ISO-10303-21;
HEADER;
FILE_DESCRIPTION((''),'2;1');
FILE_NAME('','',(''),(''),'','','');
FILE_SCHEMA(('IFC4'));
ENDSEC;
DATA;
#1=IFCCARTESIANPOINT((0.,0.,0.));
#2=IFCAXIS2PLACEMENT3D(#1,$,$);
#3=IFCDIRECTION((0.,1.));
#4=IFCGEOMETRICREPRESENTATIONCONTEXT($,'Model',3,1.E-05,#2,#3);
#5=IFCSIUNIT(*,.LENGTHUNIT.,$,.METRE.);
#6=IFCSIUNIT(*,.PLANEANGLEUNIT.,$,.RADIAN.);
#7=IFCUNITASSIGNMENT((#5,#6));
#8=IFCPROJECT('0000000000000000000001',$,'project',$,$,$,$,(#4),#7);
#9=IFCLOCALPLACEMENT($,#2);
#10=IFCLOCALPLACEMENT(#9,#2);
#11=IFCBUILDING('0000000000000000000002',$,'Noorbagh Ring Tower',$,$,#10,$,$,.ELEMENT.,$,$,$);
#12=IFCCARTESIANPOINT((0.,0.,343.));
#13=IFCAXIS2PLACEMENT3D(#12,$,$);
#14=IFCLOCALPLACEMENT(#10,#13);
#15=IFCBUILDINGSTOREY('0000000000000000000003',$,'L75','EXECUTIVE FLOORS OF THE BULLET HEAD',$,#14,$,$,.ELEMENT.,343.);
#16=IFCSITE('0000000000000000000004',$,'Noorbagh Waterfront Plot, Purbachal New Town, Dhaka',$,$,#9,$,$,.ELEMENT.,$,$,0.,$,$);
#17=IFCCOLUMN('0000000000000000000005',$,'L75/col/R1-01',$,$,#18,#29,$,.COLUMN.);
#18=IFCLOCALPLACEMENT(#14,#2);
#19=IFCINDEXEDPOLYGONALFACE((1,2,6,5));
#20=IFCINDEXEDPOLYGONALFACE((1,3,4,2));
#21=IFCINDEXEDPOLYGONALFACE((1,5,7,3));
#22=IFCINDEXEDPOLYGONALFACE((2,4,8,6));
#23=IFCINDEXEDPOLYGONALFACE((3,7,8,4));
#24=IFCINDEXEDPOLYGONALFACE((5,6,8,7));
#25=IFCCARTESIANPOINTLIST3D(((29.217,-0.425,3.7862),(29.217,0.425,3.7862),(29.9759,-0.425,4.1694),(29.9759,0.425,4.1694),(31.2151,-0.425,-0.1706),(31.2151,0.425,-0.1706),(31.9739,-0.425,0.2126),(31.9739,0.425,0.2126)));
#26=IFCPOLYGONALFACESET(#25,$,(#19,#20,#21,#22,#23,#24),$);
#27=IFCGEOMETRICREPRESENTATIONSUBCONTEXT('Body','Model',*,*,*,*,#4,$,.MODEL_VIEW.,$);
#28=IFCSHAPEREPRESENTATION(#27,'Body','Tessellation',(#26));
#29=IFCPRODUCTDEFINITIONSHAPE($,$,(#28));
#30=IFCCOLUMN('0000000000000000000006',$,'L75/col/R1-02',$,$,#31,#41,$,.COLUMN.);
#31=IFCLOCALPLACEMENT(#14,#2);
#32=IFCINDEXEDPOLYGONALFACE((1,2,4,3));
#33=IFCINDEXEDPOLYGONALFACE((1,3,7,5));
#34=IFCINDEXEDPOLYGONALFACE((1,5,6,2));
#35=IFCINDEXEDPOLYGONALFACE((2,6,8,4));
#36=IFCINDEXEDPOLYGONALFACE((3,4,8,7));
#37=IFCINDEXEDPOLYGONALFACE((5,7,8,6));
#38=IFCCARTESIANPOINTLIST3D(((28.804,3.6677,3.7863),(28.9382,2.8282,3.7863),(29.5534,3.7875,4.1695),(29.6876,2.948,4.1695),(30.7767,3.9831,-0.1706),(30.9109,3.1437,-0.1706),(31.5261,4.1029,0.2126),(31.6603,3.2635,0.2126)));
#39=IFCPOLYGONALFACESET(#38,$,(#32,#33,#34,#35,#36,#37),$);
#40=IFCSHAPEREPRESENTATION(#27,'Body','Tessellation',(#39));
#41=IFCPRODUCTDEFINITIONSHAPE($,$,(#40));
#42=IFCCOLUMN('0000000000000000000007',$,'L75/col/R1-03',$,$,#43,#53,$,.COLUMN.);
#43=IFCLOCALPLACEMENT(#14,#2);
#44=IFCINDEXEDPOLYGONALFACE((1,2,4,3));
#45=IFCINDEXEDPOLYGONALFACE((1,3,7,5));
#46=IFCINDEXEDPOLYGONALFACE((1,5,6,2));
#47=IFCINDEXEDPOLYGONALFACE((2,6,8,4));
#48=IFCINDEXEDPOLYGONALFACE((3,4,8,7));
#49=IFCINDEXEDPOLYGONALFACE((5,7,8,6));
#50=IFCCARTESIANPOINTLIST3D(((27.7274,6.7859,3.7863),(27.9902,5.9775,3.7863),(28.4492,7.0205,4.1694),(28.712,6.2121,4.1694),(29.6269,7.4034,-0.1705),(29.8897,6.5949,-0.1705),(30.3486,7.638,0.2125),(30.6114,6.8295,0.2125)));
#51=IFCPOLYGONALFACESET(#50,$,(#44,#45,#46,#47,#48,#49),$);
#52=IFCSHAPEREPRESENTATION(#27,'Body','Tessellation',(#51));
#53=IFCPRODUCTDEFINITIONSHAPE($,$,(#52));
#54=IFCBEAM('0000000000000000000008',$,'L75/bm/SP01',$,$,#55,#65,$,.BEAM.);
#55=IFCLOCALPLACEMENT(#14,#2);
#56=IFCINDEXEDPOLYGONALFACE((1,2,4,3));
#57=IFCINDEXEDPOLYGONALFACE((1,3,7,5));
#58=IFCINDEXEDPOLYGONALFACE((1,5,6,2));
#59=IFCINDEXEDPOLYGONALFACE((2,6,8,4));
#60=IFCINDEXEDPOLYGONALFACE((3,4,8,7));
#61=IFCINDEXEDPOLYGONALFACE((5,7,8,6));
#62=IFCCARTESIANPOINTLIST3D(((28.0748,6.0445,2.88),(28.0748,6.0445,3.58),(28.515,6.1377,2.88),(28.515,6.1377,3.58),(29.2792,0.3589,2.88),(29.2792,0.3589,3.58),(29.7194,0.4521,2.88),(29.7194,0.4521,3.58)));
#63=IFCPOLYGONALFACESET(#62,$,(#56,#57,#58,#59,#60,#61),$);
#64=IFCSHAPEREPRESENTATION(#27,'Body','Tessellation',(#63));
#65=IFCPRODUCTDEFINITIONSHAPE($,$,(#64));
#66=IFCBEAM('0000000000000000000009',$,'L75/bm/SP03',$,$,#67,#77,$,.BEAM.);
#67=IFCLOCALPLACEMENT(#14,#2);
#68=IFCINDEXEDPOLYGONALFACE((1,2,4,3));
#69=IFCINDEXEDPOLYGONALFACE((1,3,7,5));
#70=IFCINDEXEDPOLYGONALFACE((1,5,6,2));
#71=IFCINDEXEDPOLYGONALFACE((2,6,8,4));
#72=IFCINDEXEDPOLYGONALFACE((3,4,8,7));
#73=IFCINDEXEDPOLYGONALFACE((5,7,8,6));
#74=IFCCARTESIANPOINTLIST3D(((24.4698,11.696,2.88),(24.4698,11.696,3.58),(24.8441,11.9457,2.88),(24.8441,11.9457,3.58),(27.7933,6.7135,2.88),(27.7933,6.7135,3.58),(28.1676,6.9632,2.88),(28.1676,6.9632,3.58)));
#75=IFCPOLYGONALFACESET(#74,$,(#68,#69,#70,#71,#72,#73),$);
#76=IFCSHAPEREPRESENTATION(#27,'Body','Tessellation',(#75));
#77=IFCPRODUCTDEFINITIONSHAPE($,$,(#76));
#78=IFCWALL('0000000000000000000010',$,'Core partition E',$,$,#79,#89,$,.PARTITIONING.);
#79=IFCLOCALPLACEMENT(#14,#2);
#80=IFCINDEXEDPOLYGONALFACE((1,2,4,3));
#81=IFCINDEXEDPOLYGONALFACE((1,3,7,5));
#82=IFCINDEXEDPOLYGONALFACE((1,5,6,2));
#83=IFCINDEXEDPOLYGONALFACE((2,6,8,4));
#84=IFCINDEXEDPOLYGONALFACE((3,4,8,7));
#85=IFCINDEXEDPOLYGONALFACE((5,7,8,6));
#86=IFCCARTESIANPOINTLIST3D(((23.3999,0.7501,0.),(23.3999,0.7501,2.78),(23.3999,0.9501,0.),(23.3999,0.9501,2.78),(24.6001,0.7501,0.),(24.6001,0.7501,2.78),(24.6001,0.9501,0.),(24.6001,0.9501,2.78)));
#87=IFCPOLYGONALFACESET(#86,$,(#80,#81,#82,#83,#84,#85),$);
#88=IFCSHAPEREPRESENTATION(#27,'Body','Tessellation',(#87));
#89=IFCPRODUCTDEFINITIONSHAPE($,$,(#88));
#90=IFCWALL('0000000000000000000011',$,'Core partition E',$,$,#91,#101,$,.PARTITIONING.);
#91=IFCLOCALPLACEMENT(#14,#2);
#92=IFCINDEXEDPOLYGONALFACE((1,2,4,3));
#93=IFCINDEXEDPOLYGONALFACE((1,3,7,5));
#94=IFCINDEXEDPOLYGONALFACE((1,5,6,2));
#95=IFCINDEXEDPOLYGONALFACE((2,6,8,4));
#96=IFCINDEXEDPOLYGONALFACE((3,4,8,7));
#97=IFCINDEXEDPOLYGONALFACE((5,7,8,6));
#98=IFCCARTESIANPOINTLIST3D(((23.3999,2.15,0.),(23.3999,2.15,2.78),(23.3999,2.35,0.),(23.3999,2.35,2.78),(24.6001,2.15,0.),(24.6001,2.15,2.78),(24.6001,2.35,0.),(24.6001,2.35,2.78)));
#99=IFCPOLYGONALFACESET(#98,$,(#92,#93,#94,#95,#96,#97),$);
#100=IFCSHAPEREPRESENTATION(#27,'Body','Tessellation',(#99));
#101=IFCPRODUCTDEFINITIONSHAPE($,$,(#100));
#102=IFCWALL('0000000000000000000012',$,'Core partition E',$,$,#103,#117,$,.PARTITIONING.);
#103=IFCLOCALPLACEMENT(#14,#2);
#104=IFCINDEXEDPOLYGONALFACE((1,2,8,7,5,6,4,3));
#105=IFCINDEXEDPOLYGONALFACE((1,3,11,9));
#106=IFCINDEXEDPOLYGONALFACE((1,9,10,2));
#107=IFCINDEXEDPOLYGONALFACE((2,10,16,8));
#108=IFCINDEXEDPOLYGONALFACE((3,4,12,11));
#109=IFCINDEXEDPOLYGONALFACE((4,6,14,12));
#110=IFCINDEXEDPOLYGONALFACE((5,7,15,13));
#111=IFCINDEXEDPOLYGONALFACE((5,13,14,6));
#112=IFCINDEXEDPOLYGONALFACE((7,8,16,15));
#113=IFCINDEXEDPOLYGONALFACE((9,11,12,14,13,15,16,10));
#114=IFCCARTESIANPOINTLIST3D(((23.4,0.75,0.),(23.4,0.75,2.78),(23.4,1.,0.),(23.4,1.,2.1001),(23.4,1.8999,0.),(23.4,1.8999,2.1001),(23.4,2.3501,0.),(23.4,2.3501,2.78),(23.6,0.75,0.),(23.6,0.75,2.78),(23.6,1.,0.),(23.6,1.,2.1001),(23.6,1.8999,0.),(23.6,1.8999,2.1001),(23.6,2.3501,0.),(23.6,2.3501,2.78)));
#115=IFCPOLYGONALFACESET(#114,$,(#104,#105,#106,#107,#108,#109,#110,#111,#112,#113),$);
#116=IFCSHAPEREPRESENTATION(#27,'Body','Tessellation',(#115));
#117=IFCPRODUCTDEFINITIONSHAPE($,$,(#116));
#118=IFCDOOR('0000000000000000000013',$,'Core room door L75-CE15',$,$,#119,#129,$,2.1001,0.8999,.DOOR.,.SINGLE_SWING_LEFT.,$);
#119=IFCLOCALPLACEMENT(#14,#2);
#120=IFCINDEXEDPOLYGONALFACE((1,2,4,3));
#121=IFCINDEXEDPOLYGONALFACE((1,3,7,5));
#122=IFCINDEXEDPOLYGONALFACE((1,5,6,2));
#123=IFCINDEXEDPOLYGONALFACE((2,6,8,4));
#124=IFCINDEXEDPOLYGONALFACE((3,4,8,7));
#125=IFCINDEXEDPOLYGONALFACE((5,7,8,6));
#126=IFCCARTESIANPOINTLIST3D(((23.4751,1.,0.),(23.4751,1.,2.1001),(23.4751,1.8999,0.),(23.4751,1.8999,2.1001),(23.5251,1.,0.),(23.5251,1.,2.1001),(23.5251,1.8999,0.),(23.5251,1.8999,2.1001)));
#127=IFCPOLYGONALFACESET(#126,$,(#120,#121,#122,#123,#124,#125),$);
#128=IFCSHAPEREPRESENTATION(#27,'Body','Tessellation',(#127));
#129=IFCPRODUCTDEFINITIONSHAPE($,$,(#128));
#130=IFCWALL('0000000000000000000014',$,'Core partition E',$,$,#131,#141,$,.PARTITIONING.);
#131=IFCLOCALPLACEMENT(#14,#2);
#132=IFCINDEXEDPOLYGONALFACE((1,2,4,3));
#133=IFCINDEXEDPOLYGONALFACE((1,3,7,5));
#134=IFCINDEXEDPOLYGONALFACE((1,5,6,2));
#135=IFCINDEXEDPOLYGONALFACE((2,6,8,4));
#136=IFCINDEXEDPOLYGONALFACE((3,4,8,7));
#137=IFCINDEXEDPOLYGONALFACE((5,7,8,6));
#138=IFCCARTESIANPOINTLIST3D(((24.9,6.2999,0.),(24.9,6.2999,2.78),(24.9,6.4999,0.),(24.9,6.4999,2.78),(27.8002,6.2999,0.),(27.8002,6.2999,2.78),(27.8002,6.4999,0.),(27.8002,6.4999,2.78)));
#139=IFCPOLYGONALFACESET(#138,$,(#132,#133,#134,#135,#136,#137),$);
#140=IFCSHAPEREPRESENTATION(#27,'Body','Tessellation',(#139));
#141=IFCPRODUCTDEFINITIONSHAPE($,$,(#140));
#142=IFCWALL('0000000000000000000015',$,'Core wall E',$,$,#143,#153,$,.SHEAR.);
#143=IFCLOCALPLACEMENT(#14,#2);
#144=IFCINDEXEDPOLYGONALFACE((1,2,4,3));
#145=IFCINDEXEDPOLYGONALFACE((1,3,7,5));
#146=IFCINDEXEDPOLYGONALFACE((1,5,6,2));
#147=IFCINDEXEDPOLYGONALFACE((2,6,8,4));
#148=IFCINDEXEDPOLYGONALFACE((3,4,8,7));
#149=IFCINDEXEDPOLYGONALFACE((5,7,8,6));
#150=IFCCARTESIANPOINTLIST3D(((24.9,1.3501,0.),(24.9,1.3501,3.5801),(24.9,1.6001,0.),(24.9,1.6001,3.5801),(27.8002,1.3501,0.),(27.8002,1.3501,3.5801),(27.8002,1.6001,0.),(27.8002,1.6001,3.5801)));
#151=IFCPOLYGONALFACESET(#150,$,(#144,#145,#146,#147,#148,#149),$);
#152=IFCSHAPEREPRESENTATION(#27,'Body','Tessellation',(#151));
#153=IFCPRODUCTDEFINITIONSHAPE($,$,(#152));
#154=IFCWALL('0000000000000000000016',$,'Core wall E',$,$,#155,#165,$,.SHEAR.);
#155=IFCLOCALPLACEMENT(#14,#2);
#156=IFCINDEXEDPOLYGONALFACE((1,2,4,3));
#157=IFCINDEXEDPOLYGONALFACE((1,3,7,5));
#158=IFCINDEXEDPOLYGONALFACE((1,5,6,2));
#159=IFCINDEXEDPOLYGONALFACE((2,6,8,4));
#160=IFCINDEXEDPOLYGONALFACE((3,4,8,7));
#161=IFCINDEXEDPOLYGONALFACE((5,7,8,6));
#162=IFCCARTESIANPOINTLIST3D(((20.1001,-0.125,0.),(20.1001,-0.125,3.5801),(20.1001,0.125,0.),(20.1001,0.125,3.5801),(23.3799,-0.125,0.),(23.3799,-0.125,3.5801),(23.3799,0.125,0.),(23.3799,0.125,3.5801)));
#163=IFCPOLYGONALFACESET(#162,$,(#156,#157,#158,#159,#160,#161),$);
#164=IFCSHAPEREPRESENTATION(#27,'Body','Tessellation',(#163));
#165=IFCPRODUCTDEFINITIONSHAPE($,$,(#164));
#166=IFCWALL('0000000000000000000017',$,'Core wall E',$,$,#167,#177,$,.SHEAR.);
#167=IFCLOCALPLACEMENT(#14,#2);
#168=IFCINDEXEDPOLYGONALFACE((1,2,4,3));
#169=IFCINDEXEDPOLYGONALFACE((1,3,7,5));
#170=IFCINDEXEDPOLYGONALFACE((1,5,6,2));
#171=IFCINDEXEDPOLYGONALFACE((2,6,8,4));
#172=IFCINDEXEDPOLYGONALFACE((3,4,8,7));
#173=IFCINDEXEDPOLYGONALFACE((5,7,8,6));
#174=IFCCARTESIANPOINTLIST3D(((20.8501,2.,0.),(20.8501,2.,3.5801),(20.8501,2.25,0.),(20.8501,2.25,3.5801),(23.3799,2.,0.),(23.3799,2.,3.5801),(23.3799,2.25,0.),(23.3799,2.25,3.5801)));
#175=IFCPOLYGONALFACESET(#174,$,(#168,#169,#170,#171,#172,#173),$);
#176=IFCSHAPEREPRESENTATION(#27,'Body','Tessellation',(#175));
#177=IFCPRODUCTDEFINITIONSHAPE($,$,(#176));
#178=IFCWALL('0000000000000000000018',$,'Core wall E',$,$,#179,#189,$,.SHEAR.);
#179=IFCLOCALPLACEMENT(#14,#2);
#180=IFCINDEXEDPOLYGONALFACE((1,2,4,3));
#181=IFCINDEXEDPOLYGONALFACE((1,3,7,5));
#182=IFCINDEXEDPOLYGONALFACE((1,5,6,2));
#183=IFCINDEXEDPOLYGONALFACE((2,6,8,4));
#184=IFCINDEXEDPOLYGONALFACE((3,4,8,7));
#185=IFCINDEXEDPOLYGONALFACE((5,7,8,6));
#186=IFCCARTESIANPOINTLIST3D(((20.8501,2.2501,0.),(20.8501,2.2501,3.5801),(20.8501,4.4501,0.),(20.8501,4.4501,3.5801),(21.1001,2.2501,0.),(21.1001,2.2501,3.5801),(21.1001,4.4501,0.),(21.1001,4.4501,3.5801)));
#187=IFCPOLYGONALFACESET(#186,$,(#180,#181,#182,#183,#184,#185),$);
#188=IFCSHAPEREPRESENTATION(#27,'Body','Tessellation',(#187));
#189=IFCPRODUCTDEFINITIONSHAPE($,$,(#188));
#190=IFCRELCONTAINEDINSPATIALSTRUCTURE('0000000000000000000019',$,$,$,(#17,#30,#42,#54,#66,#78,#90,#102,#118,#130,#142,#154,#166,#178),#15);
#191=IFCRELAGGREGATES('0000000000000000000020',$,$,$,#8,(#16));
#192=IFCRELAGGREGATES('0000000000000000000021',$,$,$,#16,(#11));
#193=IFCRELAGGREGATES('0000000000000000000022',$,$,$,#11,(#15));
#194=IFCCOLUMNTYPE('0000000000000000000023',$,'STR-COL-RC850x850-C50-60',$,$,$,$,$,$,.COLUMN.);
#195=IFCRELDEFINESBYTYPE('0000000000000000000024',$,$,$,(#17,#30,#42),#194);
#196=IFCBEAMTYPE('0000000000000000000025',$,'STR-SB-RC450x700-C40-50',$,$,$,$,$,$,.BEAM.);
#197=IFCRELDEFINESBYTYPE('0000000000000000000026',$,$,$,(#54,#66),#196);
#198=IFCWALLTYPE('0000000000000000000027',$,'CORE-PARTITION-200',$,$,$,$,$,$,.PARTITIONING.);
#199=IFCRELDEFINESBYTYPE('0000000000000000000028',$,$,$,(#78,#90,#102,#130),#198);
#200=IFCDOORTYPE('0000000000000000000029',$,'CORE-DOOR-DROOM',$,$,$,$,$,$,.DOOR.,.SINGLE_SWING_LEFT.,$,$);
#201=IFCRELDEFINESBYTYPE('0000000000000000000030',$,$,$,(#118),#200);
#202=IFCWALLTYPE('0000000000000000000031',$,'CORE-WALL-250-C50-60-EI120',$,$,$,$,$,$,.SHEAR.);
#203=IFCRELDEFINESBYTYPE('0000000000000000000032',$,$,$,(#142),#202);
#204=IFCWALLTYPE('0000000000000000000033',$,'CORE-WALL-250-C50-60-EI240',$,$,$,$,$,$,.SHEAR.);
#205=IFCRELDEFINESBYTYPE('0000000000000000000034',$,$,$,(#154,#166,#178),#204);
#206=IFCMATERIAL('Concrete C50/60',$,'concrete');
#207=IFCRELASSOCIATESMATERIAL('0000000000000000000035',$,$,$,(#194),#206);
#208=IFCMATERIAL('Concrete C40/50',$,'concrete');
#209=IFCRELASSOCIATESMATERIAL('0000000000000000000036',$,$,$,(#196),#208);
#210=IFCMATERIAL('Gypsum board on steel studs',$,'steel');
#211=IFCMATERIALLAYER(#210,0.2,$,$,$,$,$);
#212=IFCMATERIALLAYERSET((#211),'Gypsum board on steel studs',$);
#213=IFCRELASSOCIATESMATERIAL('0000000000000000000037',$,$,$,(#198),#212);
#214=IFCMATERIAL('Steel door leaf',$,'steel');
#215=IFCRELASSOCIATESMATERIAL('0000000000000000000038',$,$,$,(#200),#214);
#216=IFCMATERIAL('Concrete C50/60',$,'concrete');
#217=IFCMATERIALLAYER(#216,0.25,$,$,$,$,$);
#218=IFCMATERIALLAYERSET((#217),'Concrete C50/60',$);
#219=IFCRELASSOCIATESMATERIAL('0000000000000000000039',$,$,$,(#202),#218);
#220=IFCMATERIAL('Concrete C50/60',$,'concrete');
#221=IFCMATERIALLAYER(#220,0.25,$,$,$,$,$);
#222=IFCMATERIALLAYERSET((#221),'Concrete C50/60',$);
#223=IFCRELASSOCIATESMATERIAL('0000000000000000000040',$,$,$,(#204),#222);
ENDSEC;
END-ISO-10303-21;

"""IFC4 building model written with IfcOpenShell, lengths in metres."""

from ifc_helpers import new_model, si_unit, direction, frame, frame_2d, origin, origin_2d, place, context, subcontext, project, spatial, rectangle, extrude, material, layer, layer_set, material_profile, profile_set, type_object, element, fill, save


model = new_model("IFC4")

# Units and contexts
model_context = context("Model", 3, precision=1e-05, world=origin(), true_north=direction((0.0, 1.0)))
body_context = subcontext(model_context, "Body", "Model", "MODEL_VIEW")
ifc_project = project(units=[si_unit("LENGTHUNIT", "METRE"), si_unit("PLANEANGLEUNIT", "RADIAN")], contexts=[model_context])

# Site, building, storey
site_placement = place(None, origin())
site = spatial("IfcSite", under=ifc_project, at=site_placement, Name="Noorbagh Waterfront Plot, Purbachal New Town, Dhaka", CompositionType="ELEMENT", RefElevation=0.0)
building_placement = place(site_placement, origin())
building = spatial("IfcBuilding", under=site, at=building_placement, Name="Noorbagh Ring Tower", CompositionType="ELEMENT")
storey_placement = place(building_placement, frame((0.0, 0.0, 343.0)))
storey = spatial("IfcBuildingStorey", under=building, at=storey_placement, Name="L75", Description="EXECUTIVE FLOORS OF THE BULLET HEAD", CompositionType="ELEMENT", Elevation=343.0)

# Columns
ifc_material_1 = material(Name="Concrete C50/60", Category="concrete")
ifc_material_profile_1 = material_profile(ifc_material_1, rectangle(XDim=0.8501, YDim=0.8501, at=origin_2d()), Name="RC850x850")
ifc_profile_set_1 = profile_set([ifc_material_profile_1], Name="Concrete C50/60")
column_type = type_object("IfcColumnType", Name="STR-COL-RC850x850-C50-60", PredefinedType="COLUMN", material=ifc_profile_set_1)
for number, where, z_axis, x_axis, name in (
    (1, (31.5945, 0.0, 0.021), (-0.450757, 0.0, 0.892647), (0.0, -1.0, 0.0), "L75/col/R1-01"),
    (2, (31.2185, 3.6233, 0.021), (-0.445044, -0.071163, 0.892677), (0.157895, -0.987456, 0.0), "L75/col/R1-02"),
):
    element("IfcColumn", number, at=place(storey_placement, frame(where, z_axis=z_axis, x_axis=x_axis)), inside=storey, type_object=column_type, Name=name, PredefinedType="COLUMN", context=body_context, shape_type="SweptSolid", body=[
        extrude(rectangle(XDim=0.8501, YDim=0.8501, at=origin_2d()), origin(), (0.0, 0.0, 1.0), 4.4326),
    ])
column_placement = place(storey_placement, frame((30.1191, 7.1165, 0.021), z_axis=(-0.42854, -0.139303, 0.892719), x_axis=(0.309141, -0.951016, 0.0)))
element("IfcColumn", 3, at=column_placement, inside=storey, type_object=column_type, Name="L75/col/R1-03", PredefinedType="COLUMN", context=body_context, shape_type="SweptSolid", body=[
    extrude(rectangle(XDim=0.8501, YDim=0.8501, at=origin_2d()), origin(), (0.0, 0.0, 1.0), 4.4324),
])

# Beams
ifc_material_2 = material(Name="Concrete C40/50", Category="concrete")
ifc_material_profile_2 = material_profile(ifc_material_2, rectangle(XDim=0.45, YDim=0.7, at=origin_2d()), Name="RC450x700")
ifc_profile_set_2 = profile_set([ifc_material_profile_2], Name="Concrete C40/50")
beam_type = type_object("IfcBeamType", Name="STR-SB-RC450x700-C40-50", PredefinedType="BEAM", material=ifc_profile_set_2)
beam_1_placement = place(storey_placement, frame((29.4993, 0.4055, 3.23), z_axis=(-0.207228, 0.978293, 0.0), x_axis=(-0.978293, -0.207228, 0.0)))
element("IfcBeam", 4, at=beam_1_placement, inside=storey, type_object=beam_type, Name="L75/bm/SP01", PredefinedType="BEAM", context=body_context, shape_type="SweptSolid", body=[
    extrude(rectangle(XDim=0.45, YDim=0.7, at=origin_2d()), origin(), (0.0, 0.0, 1.0), 5.8118),
])
beam_2_placement = place(storey_placement, frame((27.9805, 6.8384, 3.23), z_axis=(-0.554917, 0.831906, 0.0), x_axis=(-0.831906, -0.554917, 0.0)))
element("IfcBeam", 5, at=beam_2_placement, inside=storey, type_object=beam_type, Name="L75/bm/SP03", PredefinedType="BEAM", context=body_context, shape_type="SweptSolid", body=[
    extrude(rectangle(XDim=0.45, YDim=0.7, at=origin_2d()), origin(), (0.0, 0.0, 1.0), 5.9893),
])

# Walls
ifc_material_3 = material(Name="Gypsum board on steel studs", Category="steel")
ifc_layer_1 = layer(ifc_material_3, 0.2)
ifc_layer_set_1 = layer_set([ifc_layer_1], Name="Gypsum board on steel studs")
wall_type_1 = type_object("IfcWallType", Name="CORE-PARTITION-200", PredefinedType="PARTITIONING", material=ifc_layer_set_1)
for number, where, z_axis, x_axis, name in (
    (6, (23.3999, 0.8501, 0.0), (0.0, 0.0, 1.0), (1.0, 0.0, 0.0), "Core partition E"),
    (7, (23.3999, 2.25, 0.0), (0.0, 0.0, 1.0), (1.0, 0.0, 0.0), "Core partition E"),
):
    element("IfcWall", number, at=place(storey_placement, frame(where, z_axis=z_axis, x_axis=x_axis)), inside=storey, type_object=wall_type_1, Name=name, PredefinedType="PARTITIONING", context=body_context, shape_type="SweptSolid", body=[
        extrude(rectangle(XDim=1.2002, YDim=0.2, at=frame_2d((0.6001, 0.0))), origin(), (0.0, 0.0, 1.0), 2.78),
    ])

# Wall, opening, door
wall_1_placement = place(storey_placement, frame((23.5, 0.75, 0.0), z_axis=(0.0, 0.0, 1.0), x_axis=(0.0, 1.0, 0.0)))
wall_1 = element("IfcWall", 8, at=wall_1_placement, inside=storey, type_object=wall_type_1, Name="Core partition E", PredefinedType="PARTITIONING", context=body_context, shape_type="SweptSolid", body=[
    extrude(rectangle(XDim=1.6001, YDim=0.2, at=frame_2d((0.8, 0.0))), origin(), (0.0, 0.0, 1.0), 2.78),
])
opening_1_placement = place(wall_1_placement, frame((0.25, 0.0, 0.0)))
opening_1 = element("IfcOpeningElement", 9, at=opening_1_placement, cuts=wall_1, PredefinedType="OPENING", context=body_context, shape_type="SweptSolid", body=[
    extrude(rectangle(XDim=0.8999, YDim=2.1001, at=frame_2d((0.45, 1.05))), frame((0.0, 0.1099, 0.0), z_axis=(0.0, -1.0, 0.0), x_axis=(1.0, 0.0, 0.0)), (0.0, 0.0, 1.0), 0.22),
])
ifc_material_4 = material(Name="Steel door leaf", Category="steel")
door_type_1 = type_object("IfcDoorType", Name="CORE-DOOR-DROOM", OperationType="SINGLE_SWING_LEFT", PredefinedType="DOOR", material=ifc_material_4)
door_1_placement = place(opening_1_placement, origin())
door_1 = element("IfcDoor", 10, at=door_1_placement, inside=storey, type_object=door_type_1, Name="Core room door L75-CE15", OperationType="SINGLE_SWING_LEFT", OverallHeight=2.1001, OverallWidth=0.8999, PredefinedType="DOOR", context=body_context, shape_type="SweptSolid", body=[
    extrude(rectangle(XDim=0.8999, YDim=2.1001, at=frame_2d((0.45, 1.05))), frame((0.0, 0.0249, 0.0), z_axis=(0.0, -1.0, 0.0), x_axis=(1.0, 0.0, 0.0)), (0.0, 0.0, 1.0), 0.05),
])
fill(opening_1, door_1)

# Walls
wall_2_placement = place(storey_placement, frame((24.8999, 6.3999, 0.0), z_axis=(0.0, 0.0, 1.0), x_axis=(1.0, 0.0, 0.0)))
element("IfcWall", 11, at=wall_2_placement, inside=storey, type_object=wall_type_1, Name="Core partition E", PredefinedType="PARTITIONING", context=body_context, shape_type="SweptSolid", body=[
    extrude(rectangle(XDim=2.9001, YDim=0.2, at=frame_2d((1.4502, 0.0))), origin(), (0.0, 0.0, 1.0), 2.78),
])
ifc_material_5 = material(Name="Concrete C50/60", Category="concrete")
ifc_layer_2 = layer(ifc_material_5, 0.25)
ifc_layer_set_2 = layer_set([ifc_layer_2], Name="Concrete C50/60")
wall_type_2 = type_object("IfcWallType", Name="CORE-WALL-250-C50-60-EI120", PredefinedType="SHEAR", material=ifc_layer_set_2)
wall_3_placement = place(storey_placement, frame((24.8999, 1.4751, 0.0), z_axis=(0.0, 0.0, 1.0), x_axis=(1.0, 0.0, 0.0)))
element("IfcWall", 12, at=wall_3_placement, inside=storey, type_object=wall_type_2, Name="Core wall E", PredefinedType="SHEAR", context=body_context, shape_type="SweptSolid", body=[
    extrude(rectangle(XDim=2.9001, YDim=0.25, at=frame_2d((1.4502, 0.0))), origin(), (0.0, 0.0, 1.0), 3.5801),
])
ifc_material_6 = material(Name="Concrete C50/60", Category="concrete")
ifc_layer_3 = layer(ifc_material_6, 0.25)
ifc_layer_set_3 = layer_set([ifc_layer_3], Name="Concrete C50/60")
wall_type_3 = type_object("IfcWallType", Name="CORE-WALL-250-C50-60-EI240", PredefinedType="SHEAR", material=ifc_layer_set_3)
wall_4_placement = place(storey_placement, frame((20.1001, 0.0, 0.0), z_axis=(0.0, 0.0, 1.0), x_axis=(1.0, 0.0, 0.0)))
element("IfcWall", 13, at=wall_4_placement, inside=storey, type_object=wall_type_3, Name="Core wall E", PredefinedType="SHEAR", context=body_context, shape_type="SweptSolid", body=[
    extrude(rectangle(XDim=3.2798, YDim=0.25, at=frame_2d((1.6399, 0.0))), origin(), (0.0, 0.0, 1.0), 3.5801),
])
wall_5_placement = place(storey_placement, frame((20.8501, 2.125, 0.0), z_axis=(0.0, 0.0, 1.0), x_axis=(1.0, 0.0, 0.0)))
element("IfcWall", 14, at=wall_5_placement, inside=storey, type_object=wall_type_3, Name="Core wall E", PredefinedType="SHEAR", context=body_context, shape_type="SweptSolid", body=[
    extrude(rectangle(XDim=2.5298, YDim=0.25, at=frame_2d((1.2649, 0.0))), origin(), (0.0, 0.0, 1.0), 3.5801),
])
wall_6_placement = place(storey_placement, frame((20.9751, 2.25, 0.0), z_axis=(0.0, 0.0, 1.0), x_axis=(0.0, 1.0, 0.0)))
element("IfcWall", 15, at=wall_6_placement, inside=storey, type_object=wall_type_3, Name="Core wall E", PredefinedType="SHEAR", context=body_context, shape_type="SweptSolid", body=[
    extrude(rectangle(XDim=2.2, YDim=0.25, at=frame_2d((1.1001, 0.0))), origin(), (0.0, 0.0, 1.0), 3.5801),
])

save(model, "model.ifc")
